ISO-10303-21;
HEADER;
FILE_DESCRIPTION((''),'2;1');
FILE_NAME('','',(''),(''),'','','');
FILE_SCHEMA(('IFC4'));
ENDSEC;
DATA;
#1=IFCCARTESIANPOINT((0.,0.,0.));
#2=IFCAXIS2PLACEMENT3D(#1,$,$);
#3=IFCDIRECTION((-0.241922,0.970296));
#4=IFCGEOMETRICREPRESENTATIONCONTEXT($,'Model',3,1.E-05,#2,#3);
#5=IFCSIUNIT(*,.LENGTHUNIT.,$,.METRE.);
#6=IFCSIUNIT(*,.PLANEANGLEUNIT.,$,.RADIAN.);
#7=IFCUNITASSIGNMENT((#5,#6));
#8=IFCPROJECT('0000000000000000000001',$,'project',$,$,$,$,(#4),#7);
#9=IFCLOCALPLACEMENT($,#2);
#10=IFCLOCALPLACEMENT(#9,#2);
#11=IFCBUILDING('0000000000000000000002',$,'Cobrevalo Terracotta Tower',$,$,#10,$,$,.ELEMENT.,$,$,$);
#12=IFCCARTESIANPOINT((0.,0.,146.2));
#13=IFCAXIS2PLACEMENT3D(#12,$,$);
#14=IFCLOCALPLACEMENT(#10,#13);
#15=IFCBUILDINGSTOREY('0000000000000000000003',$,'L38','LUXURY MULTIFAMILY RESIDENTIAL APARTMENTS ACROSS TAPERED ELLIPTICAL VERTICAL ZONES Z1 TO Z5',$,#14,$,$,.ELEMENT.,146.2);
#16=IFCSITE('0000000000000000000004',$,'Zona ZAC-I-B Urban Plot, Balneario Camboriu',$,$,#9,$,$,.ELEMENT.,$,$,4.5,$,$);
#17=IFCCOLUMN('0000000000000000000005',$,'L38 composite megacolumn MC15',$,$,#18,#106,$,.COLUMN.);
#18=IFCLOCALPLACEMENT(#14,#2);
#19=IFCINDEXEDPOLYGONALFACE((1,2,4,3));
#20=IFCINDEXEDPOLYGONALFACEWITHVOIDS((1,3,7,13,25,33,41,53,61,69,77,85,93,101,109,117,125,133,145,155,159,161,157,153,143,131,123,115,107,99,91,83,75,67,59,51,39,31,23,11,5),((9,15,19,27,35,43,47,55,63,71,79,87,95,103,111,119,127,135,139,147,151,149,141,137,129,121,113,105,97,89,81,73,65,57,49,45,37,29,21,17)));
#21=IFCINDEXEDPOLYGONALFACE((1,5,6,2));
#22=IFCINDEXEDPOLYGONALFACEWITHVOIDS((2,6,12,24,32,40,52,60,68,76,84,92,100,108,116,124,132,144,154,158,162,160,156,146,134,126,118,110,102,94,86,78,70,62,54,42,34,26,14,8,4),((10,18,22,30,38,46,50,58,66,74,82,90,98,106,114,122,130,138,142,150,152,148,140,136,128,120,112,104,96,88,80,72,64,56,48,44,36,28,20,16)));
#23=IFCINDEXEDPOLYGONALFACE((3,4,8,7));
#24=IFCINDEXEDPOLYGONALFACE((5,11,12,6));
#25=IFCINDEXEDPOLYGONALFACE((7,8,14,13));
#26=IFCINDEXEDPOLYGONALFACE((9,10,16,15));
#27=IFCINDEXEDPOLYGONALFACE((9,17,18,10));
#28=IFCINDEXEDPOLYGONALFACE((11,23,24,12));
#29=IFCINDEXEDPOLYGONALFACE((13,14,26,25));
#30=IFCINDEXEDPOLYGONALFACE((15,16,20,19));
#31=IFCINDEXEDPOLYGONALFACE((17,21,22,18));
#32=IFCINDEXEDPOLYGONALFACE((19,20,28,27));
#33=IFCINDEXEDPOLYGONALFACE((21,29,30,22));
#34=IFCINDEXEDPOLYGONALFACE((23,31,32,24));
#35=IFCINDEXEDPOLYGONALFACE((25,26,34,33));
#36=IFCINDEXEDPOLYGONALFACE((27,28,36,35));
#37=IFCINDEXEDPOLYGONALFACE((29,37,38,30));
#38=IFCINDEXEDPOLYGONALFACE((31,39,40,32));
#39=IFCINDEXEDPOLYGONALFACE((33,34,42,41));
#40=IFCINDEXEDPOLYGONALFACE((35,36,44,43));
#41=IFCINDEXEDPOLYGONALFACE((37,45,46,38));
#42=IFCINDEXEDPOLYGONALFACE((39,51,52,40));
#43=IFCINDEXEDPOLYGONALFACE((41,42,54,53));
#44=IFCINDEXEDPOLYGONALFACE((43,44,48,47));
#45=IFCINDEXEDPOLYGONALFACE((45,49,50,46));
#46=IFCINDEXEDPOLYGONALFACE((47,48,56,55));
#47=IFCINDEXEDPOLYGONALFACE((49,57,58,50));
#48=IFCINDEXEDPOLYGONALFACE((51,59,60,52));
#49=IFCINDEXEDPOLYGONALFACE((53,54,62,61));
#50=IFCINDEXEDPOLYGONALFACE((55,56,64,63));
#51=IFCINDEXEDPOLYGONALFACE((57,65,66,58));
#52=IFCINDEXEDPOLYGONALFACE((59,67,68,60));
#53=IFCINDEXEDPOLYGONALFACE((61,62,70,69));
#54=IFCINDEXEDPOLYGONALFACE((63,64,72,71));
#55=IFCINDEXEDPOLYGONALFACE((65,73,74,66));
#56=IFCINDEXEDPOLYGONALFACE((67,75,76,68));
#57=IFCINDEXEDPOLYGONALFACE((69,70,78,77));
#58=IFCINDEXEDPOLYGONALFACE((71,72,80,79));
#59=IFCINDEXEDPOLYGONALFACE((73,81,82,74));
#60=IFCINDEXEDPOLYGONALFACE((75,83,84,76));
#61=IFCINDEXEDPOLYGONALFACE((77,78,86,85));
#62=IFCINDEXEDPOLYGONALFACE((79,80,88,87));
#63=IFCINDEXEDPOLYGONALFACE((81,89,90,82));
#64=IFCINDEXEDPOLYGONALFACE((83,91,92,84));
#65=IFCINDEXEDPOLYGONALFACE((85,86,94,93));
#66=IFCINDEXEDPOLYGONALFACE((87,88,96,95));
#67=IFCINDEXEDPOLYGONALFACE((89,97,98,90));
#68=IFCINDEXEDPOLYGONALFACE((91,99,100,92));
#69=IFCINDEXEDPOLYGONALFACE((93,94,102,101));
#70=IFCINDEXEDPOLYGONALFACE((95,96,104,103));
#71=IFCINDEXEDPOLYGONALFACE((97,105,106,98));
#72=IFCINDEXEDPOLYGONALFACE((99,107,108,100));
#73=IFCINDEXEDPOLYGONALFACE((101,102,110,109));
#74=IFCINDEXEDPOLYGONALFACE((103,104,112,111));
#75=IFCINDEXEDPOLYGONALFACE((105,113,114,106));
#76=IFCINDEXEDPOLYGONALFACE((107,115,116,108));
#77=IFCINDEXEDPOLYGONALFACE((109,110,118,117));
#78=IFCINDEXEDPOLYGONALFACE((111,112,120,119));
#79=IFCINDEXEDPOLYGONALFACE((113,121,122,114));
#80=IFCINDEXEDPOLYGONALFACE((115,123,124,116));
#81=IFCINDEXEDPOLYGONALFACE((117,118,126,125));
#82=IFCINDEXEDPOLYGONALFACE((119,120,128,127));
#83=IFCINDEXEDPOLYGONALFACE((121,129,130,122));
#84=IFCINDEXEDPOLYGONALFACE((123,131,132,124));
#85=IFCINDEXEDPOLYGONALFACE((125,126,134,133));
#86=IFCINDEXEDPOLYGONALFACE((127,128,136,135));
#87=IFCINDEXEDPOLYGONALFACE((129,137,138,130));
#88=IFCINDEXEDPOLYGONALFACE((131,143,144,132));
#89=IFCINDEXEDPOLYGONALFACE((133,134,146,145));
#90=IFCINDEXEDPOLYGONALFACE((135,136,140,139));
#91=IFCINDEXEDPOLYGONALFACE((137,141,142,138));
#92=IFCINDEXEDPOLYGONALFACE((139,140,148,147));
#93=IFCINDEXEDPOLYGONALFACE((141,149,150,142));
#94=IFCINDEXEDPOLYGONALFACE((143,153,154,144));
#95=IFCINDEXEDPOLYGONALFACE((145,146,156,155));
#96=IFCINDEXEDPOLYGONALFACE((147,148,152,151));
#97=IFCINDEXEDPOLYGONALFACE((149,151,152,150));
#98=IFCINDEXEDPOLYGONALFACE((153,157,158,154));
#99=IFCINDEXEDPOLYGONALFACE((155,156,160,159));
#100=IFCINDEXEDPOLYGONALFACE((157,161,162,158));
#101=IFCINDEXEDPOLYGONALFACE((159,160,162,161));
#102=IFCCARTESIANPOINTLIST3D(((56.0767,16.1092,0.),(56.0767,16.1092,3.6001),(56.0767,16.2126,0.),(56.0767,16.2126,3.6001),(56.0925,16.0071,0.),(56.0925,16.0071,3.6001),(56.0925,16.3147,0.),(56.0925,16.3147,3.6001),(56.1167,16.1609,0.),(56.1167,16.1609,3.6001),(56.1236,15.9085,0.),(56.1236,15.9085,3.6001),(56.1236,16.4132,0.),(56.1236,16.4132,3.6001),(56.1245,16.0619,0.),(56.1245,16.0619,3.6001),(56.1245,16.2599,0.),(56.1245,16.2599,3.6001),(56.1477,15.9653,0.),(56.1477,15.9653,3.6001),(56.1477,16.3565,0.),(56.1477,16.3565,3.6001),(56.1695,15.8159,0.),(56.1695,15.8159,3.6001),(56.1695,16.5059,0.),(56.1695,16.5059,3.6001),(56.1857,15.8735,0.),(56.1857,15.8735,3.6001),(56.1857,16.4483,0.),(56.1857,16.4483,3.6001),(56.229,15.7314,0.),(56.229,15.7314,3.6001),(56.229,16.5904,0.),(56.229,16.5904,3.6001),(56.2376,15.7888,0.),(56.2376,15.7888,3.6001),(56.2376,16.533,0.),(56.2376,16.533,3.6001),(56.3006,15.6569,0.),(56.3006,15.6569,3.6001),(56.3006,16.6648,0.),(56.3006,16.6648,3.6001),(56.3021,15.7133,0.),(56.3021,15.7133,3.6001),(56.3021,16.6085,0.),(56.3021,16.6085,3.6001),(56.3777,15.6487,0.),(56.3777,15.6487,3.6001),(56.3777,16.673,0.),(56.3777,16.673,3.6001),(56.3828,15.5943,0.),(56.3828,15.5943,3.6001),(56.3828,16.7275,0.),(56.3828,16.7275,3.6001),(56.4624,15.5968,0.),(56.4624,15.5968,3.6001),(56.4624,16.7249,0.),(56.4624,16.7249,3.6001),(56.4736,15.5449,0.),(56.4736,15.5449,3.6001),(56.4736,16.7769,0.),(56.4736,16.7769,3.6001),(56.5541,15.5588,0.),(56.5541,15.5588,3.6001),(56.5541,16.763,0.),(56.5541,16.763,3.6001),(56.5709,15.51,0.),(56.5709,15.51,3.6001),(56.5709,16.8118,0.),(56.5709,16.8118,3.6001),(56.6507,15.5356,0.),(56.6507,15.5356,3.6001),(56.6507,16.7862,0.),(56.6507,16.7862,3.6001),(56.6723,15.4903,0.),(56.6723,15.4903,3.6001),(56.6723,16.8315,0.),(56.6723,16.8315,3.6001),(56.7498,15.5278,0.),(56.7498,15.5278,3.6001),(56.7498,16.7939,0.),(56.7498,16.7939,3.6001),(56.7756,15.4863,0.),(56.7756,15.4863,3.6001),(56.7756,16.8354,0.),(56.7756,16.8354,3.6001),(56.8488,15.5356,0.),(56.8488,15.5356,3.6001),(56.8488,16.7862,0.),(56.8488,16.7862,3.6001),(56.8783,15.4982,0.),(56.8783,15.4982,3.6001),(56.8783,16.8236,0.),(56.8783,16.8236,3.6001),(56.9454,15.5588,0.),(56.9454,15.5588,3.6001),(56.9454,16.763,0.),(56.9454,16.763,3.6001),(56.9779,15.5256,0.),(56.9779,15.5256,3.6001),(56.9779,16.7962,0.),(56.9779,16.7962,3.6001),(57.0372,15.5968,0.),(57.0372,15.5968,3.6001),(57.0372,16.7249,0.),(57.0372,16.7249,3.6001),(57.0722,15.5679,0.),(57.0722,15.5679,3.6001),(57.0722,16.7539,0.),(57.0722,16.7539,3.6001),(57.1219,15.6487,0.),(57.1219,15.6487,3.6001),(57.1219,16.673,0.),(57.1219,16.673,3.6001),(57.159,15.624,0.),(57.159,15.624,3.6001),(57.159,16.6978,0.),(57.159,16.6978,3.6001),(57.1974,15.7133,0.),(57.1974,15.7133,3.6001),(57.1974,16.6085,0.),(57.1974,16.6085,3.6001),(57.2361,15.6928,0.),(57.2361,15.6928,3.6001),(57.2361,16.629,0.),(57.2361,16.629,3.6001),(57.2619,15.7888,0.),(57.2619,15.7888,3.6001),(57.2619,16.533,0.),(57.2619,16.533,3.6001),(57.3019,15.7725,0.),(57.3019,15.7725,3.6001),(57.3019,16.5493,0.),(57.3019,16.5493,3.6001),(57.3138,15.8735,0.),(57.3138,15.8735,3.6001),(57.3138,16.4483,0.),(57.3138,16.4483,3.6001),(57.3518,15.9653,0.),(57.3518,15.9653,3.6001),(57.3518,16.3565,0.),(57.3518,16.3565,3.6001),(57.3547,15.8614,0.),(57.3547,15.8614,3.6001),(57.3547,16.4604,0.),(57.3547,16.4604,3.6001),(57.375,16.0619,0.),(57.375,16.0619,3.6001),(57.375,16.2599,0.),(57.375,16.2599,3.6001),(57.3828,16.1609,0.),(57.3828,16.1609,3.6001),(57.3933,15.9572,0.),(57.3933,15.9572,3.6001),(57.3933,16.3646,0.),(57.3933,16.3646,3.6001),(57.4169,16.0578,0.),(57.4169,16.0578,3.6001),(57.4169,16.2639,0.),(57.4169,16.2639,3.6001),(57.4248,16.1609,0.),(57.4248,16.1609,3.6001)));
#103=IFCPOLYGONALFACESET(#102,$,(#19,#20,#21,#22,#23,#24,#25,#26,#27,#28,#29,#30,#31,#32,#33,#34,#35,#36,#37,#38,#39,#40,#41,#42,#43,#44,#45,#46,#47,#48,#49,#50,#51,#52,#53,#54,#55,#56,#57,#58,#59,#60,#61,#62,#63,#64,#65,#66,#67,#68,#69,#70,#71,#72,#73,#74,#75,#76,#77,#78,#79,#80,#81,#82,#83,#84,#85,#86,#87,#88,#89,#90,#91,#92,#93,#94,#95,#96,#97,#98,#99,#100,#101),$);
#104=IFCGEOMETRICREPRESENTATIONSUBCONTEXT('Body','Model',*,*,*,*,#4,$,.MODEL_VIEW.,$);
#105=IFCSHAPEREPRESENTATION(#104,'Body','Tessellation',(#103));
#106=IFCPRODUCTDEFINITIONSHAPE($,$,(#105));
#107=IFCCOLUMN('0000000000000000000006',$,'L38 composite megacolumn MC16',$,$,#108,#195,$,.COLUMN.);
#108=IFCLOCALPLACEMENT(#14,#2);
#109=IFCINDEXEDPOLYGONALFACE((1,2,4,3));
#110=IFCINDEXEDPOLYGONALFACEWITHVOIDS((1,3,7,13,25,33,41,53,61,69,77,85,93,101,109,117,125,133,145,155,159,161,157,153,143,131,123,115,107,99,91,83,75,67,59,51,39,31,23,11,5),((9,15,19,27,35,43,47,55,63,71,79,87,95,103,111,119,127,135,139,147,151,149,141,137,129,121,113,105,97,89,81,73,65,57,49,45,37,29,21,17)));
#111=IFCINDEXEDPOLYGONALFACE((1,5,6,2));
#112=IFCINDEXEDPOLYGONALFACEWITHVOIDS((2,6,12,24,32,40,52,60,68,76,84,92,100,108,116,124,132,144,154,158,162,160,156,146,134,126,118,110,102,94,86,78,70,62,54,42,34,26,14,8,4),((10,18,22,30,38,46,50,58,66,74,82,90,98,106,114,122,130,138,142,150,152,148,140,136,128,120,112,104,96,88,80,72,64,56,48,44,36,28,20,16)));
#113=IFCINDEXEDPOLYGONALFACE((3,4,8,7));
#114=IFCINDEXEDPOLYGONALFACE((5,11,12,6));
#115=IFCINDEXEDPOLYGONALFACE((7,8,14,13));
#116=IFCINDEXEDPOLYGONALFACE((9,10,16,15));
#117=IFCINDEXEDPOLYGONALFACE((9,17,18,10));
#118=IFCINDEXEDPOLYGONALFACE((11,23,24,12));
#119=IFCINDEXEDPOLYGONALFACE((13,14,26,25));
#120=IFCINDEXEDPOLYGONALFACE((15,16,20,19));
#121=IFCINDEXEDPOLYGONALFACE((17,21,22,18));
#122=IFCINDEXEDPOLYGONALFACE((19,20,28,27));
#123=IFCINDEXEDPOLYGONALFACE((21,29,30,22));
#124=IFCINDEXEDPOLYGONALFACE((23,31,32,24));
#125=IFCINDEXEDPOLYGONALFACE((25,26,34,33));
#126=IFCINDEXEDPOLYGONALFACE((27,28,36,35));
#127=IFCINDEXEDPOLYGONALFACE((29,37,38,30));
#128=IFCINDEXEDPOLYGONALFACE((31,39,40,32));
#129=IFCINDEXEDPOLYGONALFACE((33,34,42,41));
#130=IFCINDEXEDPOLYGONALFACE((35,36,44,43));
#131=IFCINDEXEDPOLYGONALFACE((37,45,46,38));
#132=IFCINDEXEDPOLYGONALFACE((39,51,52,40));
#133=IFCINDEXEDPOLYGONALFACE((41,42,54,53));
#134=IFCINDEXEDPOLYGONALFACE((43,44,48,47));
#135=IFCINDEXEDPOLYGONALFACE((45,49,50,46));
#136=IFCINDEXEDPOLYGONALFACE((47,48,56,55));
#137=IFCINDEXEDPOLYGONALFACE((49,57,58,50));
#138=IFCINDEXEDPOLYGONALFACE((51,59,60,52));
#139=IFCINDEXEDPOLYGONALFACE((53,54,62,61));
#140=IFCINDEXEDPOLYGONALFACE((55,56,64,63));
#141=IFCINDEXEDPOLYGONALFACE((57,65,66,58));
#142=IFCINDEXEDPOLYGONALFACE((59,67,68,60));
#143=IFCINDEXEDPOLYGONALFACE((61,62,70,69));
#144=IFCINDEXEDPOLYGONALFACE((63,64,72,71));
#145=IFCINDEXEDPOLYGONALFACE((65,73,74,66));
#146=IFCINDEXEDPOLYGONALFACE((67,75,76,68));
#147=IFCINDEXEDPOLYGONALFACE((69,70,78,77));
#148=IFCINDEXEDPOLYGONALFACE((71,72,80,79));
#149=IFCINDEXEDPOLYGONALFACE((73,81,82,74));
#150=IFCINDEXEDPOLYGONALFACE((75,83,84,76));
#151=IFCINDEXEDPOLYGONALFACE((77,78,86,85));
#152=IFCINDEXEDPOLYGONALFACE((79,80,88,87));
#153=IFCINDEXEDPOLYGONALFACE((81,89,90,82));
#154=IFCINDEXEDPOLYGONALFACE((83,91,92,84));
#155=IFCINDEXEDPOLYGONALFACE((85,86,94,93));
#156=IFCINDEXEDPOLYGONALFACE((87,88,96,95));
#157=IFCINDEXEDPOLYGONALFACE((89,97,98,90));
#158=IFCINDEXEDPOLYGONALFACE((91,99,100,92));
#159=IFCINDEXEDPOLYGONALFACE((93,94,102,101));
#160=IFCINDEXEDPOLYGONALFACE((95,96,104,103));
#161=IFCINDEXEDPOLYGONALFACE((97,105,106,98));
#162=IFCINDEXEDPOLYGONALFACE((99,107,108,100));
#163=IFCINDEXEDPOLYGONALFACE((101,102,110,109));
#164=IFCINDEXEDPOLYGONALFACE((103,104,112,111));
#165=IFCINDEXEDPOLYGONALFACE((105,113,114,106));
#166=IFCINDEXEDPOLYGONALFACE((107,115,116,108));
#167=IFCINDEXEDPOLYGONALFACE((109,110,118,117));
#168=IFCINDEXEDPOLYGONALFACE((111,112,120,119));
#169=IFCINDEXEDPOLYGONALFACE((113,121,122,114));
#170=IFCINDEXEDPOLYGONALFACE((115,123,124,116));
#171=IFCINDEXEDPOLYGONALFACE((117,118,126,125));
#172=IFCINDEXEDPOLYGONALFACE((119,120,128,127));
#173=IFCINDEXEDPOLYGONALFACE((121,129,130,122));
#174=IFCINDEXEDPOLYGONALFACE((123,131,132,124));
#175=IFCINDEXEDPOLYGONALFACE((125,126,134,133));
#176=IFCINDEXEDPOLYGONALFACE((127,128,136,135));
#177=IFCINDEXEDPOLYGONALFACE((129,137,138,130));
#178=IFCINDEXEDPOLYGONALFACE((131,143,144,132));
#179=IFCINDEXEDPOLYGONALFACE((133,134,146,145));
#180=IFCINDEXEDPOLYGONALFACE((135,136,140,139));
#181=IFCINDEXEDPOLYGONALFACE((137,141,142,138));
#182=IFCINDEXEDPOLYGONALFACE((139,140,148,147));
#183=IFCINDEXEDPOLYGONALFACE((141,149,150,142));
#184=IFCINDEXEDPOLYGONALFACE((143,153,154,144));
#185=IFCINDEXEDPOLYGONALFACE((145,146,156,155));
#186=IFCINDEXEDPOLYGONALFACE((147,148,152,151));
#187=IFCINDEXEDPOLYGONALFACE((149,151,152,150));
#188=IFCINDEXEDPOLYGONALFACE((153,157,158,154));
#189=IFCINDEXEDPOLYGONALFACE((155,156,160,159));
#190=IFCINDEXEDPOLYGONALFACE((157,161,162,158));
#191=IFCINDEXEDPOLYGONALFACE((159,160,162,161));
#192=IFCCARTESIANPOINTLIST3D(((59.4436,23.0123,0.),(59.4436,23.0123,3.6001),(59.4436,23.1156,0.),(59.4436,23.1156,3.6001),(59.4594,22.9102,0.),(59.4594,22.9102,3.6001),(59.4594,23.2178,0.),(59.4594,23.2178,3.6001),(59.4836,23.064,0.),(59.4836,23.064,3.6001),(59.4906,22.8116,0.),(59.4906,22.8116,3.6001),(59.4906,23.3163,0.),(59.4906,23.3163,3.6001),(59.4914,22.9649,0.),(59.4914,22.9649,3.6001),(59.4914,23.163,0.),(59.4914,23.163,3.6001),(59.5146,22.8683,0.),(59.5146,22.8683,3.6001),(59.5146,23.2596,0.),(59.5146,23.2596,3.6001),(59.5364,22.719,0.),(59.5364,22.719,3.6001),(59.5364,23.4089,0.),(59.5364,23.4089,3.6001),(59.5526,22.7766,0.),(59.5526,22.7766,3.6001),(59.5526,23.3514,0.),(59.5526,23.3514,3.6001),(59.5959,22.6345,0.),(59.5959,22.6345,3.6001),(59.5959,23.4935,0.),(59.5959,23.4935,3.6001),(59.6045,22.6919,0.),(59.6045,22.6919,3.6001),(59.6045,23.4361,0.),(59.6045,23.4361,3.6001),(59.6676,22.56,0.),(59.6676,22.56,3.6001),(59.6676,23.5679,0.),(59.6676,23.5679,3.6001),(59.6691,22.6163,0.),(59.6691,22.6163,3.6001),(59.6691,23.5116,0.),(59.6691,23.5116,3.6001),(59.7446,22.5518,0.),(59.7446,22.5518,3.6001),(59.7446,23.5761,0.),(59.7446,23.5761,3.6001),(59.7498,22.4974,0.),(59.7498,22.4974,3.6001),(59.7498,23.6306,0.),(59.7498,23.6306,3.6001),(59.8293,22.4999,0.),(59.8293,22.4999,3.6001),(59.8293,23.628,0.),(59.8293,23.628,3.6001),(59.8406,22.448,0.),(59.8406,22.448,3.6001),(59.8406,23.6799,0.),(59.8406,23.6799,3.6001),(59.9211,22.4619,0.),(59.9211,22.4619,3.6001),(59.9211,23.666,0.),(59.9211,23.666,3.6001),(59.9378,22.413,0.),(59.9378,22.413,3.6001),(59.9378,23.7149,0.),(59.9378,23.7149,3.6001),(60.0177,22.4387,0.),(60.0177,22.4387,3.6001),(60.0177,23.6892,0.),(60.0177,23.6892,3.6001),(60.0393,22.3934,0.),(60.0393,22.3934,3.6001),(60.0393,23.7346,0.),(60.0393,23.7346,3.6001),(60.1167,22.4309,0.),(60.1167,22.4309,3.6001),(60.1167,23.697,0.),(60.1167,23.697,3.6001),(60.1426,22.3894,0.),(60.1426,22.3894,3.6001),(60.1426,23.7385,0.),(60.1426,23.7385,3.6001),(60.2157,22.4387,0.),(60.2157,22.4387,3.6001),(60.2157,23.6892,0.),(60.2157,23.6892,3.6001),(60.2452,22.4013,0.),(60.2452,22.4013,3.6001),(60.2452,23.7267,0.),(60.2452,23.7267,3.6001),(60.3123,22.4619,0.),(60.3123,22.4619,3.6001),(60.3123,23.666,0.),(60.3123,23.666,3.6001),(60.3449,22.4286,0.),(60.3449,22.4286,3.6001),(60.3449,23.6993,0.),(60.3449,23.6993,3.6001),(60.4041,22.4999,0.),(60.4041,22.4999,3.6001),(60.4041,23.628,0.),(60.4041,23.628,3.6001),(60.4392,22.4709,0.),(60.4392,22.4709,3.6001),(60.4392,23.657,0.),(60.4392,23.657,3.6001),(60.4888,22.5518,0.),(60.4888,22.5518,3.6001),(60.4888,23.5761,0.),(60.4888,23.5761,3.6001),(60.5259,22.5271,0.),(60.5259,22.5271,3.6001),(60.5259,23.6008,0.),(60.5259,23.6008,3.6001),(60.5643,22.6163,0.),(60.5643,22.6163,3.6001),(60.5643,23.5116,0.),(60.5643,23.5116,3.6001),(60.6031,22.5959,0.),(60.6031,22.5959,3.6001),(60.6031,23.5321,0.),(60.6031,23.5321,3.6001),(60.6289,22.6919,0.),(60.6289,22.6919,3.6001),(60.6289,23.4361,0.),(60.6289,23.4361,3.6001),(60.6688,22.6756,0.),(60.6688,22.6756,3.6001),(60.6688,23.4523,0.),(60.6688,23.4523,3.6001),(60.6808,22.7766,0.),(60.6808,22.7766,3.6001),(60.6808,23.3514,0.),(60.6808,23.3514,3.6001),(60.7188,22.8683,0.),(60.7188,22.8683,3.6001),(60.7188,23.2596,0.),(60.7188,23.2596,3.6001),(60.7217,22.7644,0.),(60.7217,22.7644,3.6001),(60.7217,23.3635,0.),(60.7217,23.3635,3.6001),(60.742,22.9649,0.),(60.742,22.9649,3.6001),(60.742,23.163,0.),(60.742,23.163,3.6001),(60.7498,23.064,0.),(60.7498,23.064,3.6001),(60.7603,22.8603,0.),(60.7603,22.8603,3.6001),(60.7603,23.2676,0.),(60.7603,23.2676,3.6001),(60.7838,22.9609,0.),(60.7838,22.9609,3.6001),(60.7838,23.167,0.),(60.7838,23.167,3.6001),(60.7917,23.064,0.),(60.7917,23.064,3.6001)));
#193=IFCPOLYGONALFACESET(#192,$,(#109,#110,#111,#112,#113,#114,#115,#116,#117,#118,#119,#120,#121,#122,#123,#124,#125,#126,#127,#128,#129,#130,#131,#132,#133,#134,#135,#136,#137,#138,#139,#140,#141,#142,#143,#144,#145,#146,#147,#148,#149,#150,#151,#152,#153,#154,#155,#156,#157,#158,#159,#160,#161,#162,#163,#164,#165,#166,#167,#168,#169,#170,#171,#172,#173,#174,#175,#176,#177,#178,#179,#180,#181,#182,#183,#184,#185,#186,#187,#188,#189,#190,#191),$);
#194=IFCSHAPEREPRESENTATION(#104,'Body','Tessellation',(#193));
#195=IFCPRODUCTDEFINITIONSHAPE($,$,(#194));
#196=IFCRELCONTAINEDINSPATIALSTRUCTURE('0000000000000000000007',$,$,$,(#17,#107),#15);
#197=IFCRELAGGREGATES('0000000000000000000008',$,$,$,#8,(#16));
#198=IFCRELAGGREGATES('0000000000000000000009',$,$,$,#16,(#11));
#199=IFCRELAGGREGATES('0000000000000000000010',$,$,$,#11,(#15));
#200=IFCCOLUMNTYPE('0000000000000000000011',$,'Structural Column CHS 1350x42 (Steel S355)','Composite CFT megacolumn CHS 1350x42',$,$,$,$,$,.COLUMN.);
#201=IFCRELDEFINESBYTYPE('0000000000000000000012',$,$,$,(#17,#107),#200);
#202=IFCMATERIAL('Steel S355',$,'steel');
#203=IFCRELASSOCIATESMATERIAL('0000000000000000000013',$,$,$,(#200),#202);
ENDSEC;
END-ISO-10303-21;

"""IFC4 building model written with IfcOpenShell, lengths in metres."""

from ifc_helpers import new_model, si_unit, direction, frame, origin, origin_2d, place, context, subcontext, project, spatial, hollow_circle, extrude, material, material_profile, profile_set, type_object, element, save


model = new_model("IFC4")

# Units and contexts
model_context = context("Model", 3, precision=1e-05, world=origin(), true_north=direction((-0.241922, 0.970296)))
body_context = subcontext(model_context, "Body", "Model", "MODEL_VIEW")
ifc_project = project(units=[si_unit("LENGTHUNIT", "METRE"), si_unit("PLANEANGLEUNIT", "RADIAN")], contexts=[model_context])

# Site, building, storey
site_placement = place(None, origin())
site = spatial("IfcSite", under=ifc_project, at=site_placement, Name="Zona ZAC-I-B Urban Plot, Balneario Camboriu", CompositionType="ELEMENT", RefElevation=4.5)
building_placement = place(site_placement, origin())
building = spatial("IfcBuilding", under=site, at=building_placement, Name="Cobrevalo Terracotta Tower", CompositionType="ELEMENT")
storey_placement = place(building_placement, frame((0.0, 0.0, 146.2)))
storey = spatial("IfcBuildingStorey", under=building, at=storey_placement, Name="L38", Description="LUXURY MULTIFAMILY RESIDENTIAL APARTMENTS ACROSS TAPERED ELLIPTICAL VERTICAL ZONES Z1 TO Z5", CompositionType="ELEMENT", Elevation=146.2)

# Columns
ifc_material_1 = material(Name="Steel S355", Category="steel")
ifc_material_profile_1 = material_profile(ifc_material_1, hollow_circle(Radius=0.675, WallThickness=0.042, at=origin_2d()), Name="CHS 1350x42")
ifc_profile_set_1 = profile_set([ifc_material_profile_1], Name="Steel S355")
column_type = type_object("IfcColumnType", Name="Structural Column CHS 1350x42 (Steel S355)", Description="Composite CFT megacolumn CHS 1350x42", PredefinedType="COLUMN", material=ifc_profile_set_1)
for number, where, z_axis, x_axis, name in (
    (1, (56.7498, 16.1609, 0.0), (0.0, 0.0, 1.0), (1.0, 0.0, 0.0), "L38 composite megacolumn MC15"),
    (2, (60.1167, 23.064, 0.0), (0.0, 0.0, 1.0), (1.0, 0.0, 0.0), "L38 composite megacolumn MC16"),
):
    element("IfcColumn", number, at=place(storey_placement, frame(where, z_axis=z_axis, x_axis=x_axis)), inside=storey, type_object=column_type, Name=name, PredefinedType="COLUMN", context=body_context, shape_type="SweptSolid", body=[
        extrude(hollow_circle(Radius=0.675, WallThickness=0.042, at=origin_2d()), origin(), (0.0, 0.0, 1.0), 3.6001),
    ])

save(model, "model.ifc")
